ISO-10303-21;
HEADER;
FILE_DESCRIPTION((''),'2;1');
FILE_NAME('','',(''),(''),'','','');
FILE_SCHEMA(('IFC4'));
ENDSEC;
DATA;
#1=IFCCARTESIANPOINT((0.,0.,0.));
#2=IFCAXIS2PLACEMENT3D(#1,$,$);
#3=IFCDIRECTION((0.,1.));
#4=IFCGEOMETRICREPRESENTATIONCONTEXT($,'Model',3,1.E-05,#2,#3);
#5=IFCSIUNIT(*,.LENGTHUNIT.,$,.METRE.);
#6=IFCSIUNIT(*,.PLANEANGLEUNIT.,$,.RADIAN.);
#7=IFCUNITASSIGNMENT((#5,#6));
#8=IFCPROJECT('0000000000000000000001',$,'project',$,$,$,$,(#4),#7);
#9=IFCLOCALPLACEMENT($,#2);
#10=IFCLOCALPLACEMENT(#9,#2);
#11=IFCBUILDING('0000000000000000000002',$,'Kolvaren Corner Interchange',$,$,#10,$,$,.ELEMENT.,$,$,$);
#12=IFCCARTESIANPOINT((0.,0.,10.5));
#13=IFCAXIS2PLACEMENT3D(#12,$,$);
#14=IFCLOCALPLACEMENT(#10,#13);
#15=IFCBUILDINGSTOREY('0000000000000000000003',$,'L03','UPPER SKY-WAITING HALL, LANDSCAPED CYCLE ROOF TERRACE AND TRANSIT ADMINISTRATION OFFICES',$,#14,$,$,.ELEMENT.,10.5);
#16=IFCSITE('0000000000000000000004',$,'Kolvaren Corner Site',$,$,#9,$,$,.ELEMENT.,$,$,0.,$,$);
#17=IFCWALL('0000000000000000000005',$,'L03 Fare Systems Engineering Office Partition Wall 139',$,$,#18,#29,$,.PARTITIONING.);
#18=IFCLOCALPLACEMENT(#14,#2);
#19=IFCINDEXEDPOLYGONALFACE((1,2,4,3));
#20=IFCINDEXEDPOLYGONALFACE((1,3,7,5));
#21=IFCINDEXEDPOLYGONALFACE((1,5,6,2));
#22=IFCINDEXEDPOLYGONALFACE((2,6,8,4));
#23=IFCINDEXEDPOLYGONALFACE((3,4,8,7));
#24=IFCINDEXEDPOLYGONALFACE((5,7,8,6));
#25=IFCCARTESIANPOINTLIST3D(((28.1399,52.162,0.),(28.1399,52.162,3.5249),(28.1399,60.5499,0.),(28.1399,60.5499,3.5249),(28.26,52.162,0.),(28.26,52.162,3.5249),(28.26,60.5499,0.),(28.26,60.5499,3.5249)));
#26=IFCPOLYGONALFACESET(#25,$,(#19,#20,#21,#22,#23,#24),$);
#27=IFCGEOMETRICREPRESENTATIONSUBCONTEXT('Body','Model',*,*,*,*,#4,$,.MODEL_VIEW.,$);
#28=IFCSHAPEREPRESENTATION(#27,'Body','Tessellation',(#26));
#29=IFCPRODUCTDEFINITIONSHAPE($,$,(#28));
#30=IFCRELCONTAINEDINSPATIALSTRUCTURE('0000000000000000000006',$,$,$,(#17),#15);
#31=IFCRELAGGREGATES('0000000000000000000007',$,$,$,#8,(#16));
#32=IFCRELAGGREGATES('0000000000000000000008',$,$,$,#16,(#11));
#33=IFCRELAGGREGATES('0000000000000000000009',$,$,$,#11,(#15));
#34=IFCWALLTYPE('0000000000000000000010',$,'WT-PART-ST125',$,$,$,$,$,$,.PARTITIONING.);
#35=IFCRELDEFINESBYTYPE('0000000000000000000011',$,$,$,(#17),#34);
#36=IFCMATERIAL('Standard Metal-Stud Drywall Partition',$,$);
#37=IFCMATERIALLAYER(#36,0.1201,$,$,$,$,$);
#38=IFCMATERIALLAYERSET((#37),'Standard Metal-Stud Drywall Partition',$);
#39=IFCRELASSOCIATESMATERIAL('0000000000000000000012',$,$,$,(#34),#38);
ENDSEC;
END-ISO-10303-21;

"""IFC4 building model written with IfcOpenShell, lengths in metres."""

from ifc_helpers import new_model, si_unit, direction, frame, frame_2d, origin, place, context, subcontext, project, spatial, rectangle, extrude, material, layer, layer_set, type_object, element, save


model = new_model("IFC4")

# Units and contexts
model_context = context("Model", 3, precision=1e-05, world=origin(), true_north=direction((0.0, 1.0)))
body_context = subcontext(model_context, "Body", "Model", "MODEL_VIEW")
ifc_project = project(units=[si_unit("LENGTHUNIT", "METRE"), si_unit("PLANEANGLEUNIT", "RADIAN")], contexts=[model_context])

# Site, building, storey
site_placement = place(None, origin())
site = spatial("IfcSite", under=ifc_project, at=site_placement, Name="Kolvaren Corner Site", CompositionType="ELEMENT", RefElevation=0.0)
building_placement = place(site_placement, origin())
building = spatial("IfcBuilding", under=site, at=building_placement, Name="Kolvaren Corner Interchange", CompositionType="ELEMENT")
storey_placement = place(building_placement, frame((0.0, 0.0, 10.5)))
storey = spatial("IfcBuildingStorey", under=building, at=storey_placement, Name="L03", Description="UPPER SKY-WAITING HALL, LANDSCAPED CYCLE ROOF TERRACE AND TRANSIT ADMINISTRATION OFFICES", CompositionType="ELEMENT", Elevation=10.5)

# Wall
ifc_material_1 = material(Name="Standard Metal-Stud Drywall Partition")
ifc_layer_1 = layer(ifc_material_1, 0.1201)
ifc_layer_set_1 = layer_set([ifc_layer_1], Name="Standard Metal-Stud Drywall Partition")
wall_type_1 = type_object("IfcWallType", Name="WT-PART-ST125", PredefinedType="PARTITIONING", material=ifc_layer_set_1)
wall_1_placement = place(storey_placement, frame((28.2, 52.1621, 0.0), z_axis=(0.0, 0.0, 1.0), x_axis=(0.0, 1.0, 0.0)))
element("IfcWall", 1, at=wall_1_placement, inside=storey, type_object=wall_type_1, Name="L03 Fare Systems Engineering Office Partition Wall 139", PredefinedType="PARTITIONING", context=body_context, shape_type="SweptSolid", body=[
    extrude(rectangle(XDim=8.3879, YDim=0.1201, at=frame_2d((4.1938, 0.0))), origin(), (0.0, 0.0, 1.0), 3.5249),
])

save(model, "model.ifc")
